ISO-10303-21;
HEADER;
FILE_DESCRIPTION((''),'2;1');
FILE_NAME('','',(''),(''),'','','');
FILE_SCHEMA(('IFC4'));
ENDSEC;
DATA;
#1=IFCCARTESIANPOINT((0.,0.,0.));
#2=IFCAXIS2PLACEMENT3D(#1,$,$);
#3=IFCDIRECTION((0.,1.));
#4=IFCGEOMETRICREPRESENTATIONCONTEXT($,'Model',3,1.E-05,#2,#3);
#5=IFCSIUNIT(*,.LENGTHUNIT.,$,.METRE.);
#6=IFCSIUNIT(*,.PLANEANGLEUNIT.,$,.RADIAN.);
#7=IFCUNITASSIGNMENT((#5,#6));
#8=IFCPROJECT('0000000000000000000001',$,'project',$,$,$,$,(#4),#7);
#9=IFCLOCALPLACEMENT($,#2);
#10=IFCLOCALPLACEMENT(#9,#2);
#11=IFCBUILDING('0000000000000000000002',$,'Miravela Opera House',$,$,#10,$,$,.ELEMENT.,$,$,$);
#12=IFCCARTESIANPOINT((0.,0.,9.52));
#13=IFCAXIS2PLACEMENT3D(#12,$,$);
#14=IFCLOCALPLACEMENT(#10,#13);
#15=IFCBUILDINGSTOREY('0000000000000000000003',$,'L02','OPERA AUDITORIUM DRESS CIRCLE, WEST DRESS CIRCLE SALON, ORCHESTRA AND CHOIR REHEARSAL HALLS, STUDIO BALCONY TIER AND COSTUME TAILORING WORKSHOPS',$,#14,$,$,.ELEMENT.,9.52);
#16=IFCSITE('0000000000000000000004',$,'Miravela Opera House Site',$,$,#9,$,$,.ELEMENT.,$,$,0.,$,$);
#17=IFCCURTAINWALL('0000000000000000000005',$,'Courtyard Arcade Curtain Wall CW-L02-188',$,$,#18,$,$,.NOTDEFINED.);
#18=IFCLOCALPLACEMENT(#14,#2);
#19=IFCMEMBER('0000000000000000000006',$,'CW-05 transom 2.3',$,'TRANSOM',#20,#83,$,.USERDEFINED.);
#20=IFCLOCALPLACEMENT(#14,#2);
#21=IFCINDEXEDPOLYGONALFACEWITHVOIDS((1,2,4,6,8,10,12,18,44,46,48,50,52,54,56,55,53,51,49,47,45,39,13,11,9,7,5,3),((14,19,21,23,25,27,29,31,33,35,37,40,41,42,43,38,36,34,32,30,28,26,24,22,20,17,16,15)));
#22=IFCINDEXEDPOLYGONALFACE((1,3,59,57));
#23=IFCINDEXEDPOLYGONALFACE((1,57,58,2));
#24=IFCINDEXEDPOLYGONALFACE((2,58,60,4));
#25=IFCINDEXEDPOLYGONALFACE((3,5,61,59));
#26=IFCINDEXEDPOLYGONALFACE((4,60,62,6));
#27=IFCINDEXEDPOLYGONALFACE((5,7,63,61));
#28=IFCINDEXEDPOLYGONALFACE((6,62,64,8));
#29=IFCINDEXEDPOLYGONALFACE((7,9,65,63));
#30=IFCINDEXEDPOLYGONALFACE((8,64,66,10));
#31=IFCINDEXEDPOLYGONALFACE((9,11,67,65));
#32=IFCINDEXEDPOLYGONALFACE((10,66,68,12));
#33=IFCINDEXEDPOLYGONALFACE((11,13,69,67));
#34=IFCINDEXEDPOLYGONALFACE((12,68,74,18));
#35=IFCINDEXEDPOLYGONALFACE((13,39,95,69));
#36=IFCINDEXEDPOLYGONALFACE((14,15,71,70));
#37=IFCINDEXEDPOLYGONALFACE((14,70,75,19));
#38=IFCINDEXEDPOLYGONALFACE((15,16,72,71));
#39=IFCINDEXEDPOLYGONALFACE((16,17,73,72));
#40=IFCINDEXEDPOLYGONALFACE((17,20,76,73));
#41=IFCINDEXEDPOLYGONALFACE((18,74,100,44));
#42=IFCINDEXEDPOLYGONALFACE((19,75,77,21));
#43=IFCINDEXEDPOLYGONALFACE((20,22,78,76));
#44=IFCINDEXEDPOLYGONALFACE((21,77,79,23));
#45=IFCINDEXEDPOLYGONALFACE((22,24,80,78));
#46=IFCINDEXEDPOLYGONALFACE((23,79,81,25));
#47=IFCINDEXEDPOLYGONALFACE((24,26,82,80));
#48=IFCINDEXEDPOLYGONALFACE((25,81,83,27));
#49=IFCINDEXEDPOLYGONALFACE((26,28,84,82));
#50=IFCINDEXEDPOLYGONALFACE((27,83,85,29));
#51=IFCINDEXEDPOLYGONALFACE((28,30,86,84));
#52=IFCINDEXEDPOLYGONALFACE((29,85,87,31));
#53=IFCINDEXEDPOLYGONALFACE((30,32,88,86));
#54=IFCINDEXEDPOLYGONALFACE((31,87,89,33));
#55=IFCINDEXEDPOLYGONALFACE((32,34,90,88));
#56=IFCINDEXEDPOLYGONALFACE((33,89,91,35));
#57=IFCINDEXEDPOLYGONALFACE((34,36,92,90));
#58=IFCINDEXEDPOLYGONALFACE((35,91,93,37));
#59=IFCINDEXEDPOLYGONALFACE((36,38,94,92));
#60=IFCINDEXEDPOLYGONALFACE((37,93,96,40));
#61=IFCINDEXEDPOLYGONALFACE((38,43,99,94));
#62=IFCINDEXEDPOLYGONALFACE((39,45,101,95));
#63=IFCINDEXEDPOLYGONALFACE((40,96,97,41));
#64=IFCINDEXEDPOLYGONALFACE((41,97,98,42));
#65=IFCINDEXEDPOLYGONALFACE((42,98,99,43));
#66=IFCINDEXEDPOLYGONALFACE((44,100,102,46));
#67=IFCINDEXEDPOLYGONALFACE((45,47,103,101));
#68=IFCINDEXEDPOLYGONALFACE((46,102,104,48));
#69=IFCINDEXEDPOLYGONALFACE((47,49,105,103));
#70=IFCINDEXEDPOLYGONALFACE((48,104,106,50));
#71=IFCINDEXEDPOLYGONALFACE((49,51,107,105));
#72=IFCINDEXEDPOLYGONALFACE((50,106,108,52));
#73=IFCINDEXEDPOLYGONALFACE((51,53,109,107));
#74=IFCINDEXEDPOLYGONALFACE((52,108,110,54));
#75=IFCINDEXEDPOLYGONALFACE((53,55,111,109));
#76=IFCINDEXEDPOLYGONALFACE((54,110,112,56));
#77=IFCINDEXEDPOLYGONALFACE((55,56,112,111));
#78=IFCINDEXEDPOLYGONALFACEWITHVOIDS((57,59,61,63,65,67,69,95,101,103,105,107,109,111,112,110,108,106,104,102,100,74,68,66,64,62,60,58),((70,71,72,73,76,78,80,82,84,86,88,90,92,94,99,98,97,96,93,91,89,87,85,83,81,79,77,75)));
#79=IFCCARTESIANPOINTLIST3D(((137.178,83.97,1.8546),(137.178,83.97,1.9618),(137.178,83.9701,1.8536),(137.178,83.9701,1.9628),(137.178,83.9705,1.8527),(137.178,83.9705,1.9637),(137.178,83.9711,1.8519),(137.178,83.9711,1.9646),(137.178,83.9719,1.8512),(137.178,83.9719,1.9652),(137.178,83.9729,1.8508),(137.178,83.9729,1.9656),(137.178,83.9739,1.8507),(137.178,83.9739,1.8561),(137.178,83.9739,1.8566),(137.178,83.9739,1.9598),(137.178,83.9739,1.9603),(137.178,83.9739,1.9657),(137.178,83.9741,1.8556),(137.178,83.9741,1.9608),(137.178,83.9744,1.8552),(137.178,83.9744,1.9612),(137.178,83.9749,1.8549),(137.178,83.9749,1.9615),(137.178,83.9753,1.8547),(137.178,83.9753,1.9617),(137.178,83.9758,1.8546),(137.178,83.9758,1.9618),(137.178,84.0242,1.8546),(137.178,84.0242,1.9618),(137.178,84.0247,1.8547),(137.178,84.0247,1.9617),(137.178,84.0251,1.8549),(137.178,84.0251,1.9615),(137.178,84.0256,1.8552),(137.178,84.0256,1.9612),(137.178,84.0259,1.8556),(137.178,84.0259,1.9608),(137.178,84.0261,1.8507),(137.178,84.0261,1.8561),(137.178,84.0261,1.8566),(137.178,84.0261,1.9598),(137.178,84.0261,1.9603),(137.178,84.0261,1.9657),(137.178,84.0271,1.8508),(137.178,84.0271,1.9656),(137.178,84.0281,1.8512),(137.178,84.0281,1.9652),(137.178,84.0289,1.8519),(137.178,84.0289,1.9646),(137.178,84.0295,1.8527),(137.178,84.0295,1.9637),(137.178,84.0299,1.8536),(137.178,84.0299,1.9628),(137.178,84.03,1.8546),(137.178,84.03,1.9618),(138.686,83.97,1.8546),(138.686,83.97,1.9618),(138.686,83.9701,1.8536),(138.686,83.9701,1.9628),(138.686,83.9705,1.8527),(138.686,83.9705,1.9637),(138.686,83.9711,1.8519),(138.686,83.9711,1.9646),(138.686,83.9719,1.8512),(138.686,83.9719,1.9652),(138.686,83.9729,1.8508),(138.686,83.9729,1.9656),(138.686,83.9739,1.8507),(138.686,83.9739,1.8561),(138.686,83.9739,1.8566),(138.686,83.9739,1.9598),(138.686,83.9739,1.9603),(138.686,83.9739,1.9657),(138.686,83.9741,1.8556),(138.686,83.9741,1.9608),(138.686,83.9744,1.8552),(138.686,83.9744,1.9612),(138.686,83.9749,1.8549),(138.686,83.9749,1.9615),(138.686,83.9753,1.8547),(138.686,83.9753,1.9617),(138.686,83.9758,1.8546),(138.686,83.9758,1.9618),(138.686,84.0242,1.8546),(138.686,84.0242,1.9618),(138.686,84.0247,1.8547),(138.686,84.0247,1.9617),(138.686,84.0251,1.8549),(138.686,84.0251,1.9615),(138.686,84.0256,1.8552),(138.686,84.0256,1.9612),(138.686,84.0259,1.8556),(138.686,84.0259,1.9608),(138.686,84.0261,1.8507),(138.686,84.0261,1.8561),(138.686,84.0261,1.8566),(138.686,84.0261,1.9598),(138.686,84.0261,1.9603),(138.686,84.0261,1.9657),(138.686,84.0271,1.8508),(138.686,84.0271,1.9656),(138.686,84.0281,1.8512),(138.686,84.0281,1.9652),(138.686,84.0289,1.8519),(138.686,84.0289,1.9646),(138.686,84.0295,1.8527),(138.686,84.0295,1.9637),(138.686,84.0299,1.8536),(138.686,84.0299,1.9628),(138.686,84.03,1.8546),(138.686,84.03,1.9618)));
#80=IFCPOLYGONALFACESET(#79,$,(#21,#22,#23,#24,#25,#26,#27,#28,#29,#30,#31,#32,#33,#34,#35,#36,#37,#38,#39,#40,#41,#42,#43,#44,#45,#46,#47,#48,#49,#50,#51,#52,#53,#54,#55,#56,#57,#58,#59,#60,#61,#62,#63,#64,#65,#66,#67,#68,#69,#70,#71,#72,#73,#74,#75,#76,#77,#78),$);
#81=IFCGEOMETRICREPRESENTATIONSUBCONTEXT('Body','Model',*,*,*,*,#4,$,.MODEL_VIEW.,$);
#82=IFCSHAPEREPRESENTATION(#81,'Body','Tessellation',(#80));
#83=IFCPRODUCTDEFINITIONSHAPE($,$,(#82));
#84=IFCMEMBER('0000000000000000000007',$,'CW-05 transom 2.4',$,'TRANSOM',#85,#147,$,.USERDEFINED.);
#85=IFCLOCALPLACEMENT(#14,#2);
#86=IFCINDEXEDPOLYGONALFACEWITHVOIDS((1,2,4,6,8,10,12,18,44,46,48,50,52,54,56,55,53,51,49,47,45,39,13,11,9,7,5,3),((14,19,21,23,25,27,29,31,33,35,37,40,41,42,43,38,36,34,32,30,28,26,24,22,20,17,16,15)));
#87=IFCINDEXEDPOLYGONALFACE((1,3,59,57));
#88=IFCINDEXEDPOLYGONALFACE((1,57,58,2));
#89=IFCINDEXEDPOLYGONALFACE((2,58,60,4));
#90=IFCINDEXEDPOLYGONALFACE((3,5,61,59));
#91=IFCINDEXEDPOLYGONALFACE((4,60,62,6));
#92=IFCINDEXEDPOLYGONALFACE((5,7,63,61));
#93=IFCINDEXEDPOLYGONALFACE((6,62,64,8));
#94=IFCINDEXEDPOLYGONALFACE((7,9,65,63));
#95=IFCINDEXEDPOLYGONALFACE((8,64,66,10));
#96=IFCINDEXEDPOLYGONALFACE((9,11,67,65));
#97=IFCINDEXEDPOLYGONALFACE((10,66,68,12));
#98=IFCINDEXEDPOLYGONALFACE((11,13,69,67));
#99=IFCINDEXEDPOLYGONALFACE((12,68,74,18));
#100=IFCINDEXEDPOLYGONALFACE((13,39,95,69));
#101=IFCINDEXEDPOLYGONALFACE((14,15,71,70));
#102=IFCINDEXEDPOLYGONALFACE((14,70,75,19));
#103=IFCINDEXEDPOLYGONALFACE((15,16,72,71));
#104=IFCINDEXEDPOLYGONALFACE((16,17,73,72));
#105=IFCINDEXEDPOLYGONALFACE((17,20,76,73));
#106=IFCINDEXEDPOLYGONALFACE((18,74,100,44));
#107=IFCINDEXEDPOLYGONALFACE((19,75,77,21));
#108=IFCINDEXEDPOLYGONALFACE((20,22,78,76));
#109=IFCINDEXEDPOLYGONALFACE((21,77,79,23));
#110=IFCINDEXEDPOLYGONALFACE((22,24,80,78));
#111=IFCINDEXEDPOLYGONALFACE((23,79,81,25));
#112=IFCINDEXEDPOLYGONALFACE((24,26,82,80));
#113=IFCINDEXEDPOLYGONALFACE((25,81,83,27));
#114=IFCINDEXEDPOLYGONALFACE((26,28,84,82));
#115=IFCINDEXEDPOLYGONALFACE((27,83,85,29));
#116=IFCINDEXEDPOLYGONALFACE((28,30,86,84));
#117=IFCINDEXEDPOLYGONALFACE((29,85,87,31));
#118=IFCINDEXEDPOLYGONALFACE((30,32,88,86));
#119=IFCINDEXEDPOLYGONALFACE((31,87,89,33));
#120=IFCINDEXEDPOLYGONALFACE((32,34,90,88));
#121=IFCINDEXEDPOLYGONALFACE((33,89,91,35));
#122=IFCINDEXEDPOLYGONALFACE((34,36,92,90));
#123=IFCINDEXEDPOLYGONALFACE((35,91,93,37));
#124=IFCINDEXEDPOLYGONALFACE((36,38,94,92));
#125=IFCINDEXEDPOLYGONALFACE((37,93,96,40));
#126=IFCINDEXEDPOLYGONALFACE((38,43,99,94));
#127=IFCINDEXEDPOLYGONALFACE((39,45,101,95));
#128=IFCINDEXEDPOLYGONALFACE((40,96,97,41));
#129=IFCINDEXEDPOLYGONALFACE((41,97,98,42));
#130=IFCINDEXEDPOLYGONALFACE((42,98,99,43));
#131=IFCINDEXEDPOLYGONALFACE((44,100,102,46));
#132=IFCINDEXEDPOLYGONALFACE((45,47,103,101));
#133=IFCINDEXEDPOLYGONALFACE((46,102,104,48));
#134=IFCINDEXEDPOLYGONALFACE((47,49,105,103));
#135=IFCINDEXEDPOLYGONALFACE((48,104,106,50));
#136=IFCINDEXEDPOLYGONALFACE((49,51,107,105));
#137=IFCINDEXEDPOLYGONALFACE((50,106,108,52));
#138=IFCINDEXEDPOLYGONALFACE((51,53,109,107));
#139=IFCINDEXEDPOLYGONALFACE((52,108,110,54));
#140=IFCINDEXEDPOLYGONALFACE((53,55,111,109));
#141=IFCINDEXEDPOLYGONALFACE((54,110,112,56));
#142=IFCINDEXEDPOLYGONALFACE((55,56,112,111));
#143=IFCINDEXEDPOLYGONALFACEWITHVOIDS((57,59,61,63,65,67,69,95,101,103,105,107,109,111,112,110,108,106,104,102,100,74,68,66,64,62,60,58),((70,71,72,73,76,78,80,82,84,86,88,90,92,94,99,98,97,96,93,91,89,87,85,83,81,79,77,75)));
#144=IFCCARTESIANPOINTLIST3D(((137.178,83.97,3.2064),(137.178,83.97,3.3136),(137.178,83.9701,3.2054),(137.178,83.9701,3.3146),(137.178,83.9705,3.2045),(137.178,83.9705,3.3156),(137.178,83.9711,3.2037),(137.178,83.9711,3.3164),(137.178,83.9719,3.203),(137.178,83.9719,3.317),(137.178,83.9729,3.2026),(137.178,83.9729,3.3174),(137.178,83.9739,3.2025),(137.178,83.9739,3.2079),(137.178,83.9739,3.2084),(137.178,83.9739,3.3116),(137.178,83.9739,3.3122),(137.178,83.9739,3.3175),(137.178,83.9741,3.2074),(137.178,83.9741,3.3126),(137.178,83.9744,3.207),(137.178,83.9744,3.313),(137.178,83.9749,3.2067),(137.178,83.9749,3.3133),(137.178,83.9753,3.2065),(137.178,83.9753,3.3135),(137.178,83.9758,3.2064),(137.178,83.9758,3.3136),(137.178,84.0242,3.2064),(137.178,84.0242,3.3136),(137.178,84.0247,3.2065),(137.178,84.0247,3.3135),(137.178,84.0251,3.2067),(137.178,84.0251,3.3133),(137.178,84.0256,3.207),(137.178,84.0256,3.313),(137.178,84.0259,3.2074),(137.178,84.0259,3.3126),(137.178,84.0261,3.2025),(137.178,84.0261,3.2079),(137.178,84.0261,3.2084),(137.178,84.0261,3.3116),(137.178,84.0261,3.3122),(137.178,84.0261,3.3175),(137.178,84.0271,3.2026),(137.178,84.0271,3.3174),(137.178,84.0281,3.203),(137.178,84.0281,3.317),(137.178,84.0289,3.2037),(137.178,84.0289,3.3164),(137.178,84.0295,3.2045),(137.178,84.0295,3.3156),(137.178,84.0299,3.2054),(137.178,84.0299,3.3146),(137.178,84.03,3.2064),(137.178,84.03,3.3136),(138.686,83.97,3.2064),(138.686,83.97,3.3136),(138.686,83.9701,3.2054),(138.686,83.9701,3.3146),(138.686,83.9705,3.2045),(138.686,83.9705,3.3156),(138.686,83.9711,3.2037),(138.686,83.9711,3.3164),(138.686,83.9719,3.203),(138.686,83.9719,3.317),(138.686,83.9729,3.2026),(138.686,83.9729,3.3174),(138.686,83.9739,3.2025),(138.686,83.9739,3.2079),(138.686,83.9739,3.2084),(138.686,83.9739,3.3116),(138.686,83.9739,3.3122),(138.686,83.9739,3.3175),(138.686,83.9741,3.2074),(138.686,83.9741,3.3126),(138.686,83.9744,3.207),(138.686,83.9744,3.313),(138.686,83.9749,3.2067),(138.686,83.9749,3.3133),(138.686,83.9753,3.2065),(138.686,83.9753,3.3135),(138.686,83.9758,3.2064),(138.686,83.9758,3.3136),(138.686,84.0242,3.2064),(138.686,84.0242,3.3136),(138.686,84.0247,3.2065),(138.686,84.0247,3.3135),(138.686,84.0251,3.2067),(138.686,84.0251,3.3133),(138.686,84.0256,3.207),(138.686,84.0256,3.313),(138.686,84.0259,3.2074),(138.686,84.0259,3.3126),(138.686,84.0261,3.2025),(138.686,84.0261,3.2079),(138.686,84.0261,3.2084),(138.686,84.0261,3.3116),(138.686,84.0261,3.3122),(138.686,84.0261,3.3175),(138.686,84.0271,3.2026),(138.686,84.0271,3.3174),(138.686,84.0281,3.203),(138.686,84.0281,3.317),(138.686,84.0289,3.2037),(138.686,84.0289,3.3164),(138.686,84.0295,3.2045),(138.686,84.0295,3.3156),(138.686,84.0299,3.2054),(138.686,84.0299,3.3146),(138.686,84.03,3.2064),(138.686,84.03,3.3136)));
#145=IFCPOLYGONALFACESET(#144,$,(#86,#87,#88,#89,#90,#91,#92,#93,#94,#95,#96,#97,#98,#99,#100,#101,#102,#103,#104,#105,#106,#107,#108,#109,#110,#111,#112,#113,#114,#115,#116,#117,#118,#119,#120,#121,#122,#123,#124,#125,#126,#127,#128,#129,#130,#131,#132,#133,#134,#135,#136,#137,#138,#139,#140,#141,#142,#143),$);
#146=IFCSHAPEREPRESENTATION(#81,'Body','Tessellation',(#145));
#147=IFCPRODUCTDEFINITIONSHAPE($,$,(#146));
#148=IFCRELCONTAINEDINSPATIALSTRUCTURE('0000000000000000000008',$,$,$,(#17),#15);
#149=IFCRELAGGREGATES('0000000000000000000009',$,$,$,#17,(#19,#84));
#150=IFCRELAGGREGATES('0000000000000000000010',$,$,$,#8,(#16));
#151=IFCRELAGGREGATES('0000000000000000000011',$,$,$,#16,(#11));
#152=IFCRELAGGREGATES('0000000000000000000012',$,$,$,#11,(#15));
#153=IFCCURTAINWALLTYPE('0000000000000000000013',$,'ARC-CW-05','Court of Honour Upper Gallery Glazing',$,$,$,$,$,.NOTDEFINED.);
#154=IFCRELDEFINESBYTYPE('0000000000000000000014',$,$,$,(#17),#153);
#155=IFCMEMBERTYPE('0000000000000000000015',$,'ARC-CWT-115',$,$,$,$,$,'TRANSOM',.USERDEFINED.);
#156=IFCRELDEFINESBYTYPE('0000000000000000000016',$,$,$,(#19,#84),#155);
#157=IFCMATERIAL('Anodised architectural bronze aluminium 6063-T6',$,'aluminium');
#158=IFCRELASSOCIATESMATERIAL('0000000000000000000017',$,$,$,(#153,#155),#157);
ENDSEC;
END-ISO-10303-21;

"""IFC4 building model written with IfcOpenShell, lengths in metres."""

from ifc_helpers import new_model, si_unit, direction, frame, origin, origin_2d, place, context, subcontext, project, spatial, hollow_rectangle, extrude, material, material_profile, profile_set, type_object, element, aggregate, save


model = new_model("IFC4")

# Units and contexts
model_context = context("Model", 3, precision=1e-05, world=origin(), true_north=direction((0.0, 1.0)))
body_context = subcontext(model_context, "Body", "Model", "MODEL_VIEW")
ifc_project = project(units=[si_unit("LENGTHUNIT", "METRE"), si_unit("PLANEANGLEUNIT", "RADIAN")], contexts=[model_context])

# Site, building, storey
site_placement = place(None, origin())
site = spatial("IfcSite", under=ifc_project, at=site_placement, Name="Miravela Opera House Site", CompositionType="ELEMENT", RefElevation=0.0)
building_placement = place(site_placement, origin())
building = spatial("IfcBuilding", under=site, at=building_placement, Name="Miravela Opera House", CompositionType="ELEMENT")
storey_placement = place(building_placement, frame((0.0, 0.0, 9.52)))
storey = spatial("IfcBuildingStorey", under=building, at=storey_placement, Name="L02", Description="OPERA AUDITORIUM DRESS CIRCLE, WEST DRESS CIRCLE SALON, ORCHESTRA AND CHOIR REHEARSAL HALLS, STUDIO BALCONY TIER AND COSTUME TAILORING WORKSHOPS", CompositionType="ELEMENT", Elevation=9.52)

# Curtain wall, members
ifc_material_1 = material(Name="Anodised architectural bronze aluminium 6063-T6", Category="aluminium")
curtain_wall_type = type_object("IfcCurtainWallType", Name="ARC-CW-05", Description="Court of Honour Upper Gallery Glazing", PredefinedType="NOTDEFINED", material=ifc_material_1)
curtain_wall_placement = place(storey_placement, origin())
curtain_wall = element("IfcCurtainWall", 1, at=curtain_wall_placement, inside=storey, type_object=curtain_wall_type, Name="Courtyard Arcade Curtain Wall CW-L02-188", PredefinedType="NOTDEFINED")
ifc_material_profile_1 = material_profile(ifc_material_1, hollow_rectangle(XDim=0.0601, YDim=0.115, WallThickness=0.0039, InnerFilletRadius=0.002, OuterFilletRadius=0.0039, at=origin_2d()), Name="CWT-60X115")
ifc_profile_set_1 = profile_set([ifc_material_profile_1])
member_type_1 = type_object("IfcMemberType", Name="ARC-CWT-115", ElementType="TRANSOM", PredefinedType="USERDEFINED", material=ifc_profile_set_1)
member_1_placement = place(storey_placement, frame((137.178, 84.0, 1.9082), z_axis=(1.0, 0.0, 0.0), x_axis=(0.0, 1.0, 0.0)))
member_1 = element("IfcMember", 2, at=member_1_placement, type_object=member_type_1, Name="CW-05 transom 2.3", ObjectType="TRANSOM", PredefinedType="USERDEFINED", context=body_context, shape_type="SweptSolid", body=[
    extrude(hollow_rectangle(XDim=0.0601, YDim=0.115, WallThickness=0.0039, InnerFilletRadius=0.002, OuterFilletRadius=0.0039, at=origin_2d()), origin(), (0.0, 0.0, 1.0), 1.5081),
])
member_2_placement = place(storey_placement, frame((137.178, 84.0, 3.26), z_axis=(1.0, 0.0, 0.0), x_axis=(0.0, 1.0, 0.0)))
member_2 = element("IfcMember", 3, at=member_2_placement, type_object=member_type_1, Name="CW-05 transom 2.4", ObjectType="TRANSOM", PredefinedType="USERDEFINED", context=body_context, shape_type="SweptSolid", body=[
    extrude(hollow_rectangle(XDim=0.0601, YDim=0.115, WallThickness=0.0039, InnerFilletRadius=0.002, OuterFilletRadius=0.0039, at=origin_2d()), origin(), (0.0, 0.0, 1.0), 1.5081),
])
aggregate(curtain_wall, [member_1, member_2])

save(model, "model.ifc")
